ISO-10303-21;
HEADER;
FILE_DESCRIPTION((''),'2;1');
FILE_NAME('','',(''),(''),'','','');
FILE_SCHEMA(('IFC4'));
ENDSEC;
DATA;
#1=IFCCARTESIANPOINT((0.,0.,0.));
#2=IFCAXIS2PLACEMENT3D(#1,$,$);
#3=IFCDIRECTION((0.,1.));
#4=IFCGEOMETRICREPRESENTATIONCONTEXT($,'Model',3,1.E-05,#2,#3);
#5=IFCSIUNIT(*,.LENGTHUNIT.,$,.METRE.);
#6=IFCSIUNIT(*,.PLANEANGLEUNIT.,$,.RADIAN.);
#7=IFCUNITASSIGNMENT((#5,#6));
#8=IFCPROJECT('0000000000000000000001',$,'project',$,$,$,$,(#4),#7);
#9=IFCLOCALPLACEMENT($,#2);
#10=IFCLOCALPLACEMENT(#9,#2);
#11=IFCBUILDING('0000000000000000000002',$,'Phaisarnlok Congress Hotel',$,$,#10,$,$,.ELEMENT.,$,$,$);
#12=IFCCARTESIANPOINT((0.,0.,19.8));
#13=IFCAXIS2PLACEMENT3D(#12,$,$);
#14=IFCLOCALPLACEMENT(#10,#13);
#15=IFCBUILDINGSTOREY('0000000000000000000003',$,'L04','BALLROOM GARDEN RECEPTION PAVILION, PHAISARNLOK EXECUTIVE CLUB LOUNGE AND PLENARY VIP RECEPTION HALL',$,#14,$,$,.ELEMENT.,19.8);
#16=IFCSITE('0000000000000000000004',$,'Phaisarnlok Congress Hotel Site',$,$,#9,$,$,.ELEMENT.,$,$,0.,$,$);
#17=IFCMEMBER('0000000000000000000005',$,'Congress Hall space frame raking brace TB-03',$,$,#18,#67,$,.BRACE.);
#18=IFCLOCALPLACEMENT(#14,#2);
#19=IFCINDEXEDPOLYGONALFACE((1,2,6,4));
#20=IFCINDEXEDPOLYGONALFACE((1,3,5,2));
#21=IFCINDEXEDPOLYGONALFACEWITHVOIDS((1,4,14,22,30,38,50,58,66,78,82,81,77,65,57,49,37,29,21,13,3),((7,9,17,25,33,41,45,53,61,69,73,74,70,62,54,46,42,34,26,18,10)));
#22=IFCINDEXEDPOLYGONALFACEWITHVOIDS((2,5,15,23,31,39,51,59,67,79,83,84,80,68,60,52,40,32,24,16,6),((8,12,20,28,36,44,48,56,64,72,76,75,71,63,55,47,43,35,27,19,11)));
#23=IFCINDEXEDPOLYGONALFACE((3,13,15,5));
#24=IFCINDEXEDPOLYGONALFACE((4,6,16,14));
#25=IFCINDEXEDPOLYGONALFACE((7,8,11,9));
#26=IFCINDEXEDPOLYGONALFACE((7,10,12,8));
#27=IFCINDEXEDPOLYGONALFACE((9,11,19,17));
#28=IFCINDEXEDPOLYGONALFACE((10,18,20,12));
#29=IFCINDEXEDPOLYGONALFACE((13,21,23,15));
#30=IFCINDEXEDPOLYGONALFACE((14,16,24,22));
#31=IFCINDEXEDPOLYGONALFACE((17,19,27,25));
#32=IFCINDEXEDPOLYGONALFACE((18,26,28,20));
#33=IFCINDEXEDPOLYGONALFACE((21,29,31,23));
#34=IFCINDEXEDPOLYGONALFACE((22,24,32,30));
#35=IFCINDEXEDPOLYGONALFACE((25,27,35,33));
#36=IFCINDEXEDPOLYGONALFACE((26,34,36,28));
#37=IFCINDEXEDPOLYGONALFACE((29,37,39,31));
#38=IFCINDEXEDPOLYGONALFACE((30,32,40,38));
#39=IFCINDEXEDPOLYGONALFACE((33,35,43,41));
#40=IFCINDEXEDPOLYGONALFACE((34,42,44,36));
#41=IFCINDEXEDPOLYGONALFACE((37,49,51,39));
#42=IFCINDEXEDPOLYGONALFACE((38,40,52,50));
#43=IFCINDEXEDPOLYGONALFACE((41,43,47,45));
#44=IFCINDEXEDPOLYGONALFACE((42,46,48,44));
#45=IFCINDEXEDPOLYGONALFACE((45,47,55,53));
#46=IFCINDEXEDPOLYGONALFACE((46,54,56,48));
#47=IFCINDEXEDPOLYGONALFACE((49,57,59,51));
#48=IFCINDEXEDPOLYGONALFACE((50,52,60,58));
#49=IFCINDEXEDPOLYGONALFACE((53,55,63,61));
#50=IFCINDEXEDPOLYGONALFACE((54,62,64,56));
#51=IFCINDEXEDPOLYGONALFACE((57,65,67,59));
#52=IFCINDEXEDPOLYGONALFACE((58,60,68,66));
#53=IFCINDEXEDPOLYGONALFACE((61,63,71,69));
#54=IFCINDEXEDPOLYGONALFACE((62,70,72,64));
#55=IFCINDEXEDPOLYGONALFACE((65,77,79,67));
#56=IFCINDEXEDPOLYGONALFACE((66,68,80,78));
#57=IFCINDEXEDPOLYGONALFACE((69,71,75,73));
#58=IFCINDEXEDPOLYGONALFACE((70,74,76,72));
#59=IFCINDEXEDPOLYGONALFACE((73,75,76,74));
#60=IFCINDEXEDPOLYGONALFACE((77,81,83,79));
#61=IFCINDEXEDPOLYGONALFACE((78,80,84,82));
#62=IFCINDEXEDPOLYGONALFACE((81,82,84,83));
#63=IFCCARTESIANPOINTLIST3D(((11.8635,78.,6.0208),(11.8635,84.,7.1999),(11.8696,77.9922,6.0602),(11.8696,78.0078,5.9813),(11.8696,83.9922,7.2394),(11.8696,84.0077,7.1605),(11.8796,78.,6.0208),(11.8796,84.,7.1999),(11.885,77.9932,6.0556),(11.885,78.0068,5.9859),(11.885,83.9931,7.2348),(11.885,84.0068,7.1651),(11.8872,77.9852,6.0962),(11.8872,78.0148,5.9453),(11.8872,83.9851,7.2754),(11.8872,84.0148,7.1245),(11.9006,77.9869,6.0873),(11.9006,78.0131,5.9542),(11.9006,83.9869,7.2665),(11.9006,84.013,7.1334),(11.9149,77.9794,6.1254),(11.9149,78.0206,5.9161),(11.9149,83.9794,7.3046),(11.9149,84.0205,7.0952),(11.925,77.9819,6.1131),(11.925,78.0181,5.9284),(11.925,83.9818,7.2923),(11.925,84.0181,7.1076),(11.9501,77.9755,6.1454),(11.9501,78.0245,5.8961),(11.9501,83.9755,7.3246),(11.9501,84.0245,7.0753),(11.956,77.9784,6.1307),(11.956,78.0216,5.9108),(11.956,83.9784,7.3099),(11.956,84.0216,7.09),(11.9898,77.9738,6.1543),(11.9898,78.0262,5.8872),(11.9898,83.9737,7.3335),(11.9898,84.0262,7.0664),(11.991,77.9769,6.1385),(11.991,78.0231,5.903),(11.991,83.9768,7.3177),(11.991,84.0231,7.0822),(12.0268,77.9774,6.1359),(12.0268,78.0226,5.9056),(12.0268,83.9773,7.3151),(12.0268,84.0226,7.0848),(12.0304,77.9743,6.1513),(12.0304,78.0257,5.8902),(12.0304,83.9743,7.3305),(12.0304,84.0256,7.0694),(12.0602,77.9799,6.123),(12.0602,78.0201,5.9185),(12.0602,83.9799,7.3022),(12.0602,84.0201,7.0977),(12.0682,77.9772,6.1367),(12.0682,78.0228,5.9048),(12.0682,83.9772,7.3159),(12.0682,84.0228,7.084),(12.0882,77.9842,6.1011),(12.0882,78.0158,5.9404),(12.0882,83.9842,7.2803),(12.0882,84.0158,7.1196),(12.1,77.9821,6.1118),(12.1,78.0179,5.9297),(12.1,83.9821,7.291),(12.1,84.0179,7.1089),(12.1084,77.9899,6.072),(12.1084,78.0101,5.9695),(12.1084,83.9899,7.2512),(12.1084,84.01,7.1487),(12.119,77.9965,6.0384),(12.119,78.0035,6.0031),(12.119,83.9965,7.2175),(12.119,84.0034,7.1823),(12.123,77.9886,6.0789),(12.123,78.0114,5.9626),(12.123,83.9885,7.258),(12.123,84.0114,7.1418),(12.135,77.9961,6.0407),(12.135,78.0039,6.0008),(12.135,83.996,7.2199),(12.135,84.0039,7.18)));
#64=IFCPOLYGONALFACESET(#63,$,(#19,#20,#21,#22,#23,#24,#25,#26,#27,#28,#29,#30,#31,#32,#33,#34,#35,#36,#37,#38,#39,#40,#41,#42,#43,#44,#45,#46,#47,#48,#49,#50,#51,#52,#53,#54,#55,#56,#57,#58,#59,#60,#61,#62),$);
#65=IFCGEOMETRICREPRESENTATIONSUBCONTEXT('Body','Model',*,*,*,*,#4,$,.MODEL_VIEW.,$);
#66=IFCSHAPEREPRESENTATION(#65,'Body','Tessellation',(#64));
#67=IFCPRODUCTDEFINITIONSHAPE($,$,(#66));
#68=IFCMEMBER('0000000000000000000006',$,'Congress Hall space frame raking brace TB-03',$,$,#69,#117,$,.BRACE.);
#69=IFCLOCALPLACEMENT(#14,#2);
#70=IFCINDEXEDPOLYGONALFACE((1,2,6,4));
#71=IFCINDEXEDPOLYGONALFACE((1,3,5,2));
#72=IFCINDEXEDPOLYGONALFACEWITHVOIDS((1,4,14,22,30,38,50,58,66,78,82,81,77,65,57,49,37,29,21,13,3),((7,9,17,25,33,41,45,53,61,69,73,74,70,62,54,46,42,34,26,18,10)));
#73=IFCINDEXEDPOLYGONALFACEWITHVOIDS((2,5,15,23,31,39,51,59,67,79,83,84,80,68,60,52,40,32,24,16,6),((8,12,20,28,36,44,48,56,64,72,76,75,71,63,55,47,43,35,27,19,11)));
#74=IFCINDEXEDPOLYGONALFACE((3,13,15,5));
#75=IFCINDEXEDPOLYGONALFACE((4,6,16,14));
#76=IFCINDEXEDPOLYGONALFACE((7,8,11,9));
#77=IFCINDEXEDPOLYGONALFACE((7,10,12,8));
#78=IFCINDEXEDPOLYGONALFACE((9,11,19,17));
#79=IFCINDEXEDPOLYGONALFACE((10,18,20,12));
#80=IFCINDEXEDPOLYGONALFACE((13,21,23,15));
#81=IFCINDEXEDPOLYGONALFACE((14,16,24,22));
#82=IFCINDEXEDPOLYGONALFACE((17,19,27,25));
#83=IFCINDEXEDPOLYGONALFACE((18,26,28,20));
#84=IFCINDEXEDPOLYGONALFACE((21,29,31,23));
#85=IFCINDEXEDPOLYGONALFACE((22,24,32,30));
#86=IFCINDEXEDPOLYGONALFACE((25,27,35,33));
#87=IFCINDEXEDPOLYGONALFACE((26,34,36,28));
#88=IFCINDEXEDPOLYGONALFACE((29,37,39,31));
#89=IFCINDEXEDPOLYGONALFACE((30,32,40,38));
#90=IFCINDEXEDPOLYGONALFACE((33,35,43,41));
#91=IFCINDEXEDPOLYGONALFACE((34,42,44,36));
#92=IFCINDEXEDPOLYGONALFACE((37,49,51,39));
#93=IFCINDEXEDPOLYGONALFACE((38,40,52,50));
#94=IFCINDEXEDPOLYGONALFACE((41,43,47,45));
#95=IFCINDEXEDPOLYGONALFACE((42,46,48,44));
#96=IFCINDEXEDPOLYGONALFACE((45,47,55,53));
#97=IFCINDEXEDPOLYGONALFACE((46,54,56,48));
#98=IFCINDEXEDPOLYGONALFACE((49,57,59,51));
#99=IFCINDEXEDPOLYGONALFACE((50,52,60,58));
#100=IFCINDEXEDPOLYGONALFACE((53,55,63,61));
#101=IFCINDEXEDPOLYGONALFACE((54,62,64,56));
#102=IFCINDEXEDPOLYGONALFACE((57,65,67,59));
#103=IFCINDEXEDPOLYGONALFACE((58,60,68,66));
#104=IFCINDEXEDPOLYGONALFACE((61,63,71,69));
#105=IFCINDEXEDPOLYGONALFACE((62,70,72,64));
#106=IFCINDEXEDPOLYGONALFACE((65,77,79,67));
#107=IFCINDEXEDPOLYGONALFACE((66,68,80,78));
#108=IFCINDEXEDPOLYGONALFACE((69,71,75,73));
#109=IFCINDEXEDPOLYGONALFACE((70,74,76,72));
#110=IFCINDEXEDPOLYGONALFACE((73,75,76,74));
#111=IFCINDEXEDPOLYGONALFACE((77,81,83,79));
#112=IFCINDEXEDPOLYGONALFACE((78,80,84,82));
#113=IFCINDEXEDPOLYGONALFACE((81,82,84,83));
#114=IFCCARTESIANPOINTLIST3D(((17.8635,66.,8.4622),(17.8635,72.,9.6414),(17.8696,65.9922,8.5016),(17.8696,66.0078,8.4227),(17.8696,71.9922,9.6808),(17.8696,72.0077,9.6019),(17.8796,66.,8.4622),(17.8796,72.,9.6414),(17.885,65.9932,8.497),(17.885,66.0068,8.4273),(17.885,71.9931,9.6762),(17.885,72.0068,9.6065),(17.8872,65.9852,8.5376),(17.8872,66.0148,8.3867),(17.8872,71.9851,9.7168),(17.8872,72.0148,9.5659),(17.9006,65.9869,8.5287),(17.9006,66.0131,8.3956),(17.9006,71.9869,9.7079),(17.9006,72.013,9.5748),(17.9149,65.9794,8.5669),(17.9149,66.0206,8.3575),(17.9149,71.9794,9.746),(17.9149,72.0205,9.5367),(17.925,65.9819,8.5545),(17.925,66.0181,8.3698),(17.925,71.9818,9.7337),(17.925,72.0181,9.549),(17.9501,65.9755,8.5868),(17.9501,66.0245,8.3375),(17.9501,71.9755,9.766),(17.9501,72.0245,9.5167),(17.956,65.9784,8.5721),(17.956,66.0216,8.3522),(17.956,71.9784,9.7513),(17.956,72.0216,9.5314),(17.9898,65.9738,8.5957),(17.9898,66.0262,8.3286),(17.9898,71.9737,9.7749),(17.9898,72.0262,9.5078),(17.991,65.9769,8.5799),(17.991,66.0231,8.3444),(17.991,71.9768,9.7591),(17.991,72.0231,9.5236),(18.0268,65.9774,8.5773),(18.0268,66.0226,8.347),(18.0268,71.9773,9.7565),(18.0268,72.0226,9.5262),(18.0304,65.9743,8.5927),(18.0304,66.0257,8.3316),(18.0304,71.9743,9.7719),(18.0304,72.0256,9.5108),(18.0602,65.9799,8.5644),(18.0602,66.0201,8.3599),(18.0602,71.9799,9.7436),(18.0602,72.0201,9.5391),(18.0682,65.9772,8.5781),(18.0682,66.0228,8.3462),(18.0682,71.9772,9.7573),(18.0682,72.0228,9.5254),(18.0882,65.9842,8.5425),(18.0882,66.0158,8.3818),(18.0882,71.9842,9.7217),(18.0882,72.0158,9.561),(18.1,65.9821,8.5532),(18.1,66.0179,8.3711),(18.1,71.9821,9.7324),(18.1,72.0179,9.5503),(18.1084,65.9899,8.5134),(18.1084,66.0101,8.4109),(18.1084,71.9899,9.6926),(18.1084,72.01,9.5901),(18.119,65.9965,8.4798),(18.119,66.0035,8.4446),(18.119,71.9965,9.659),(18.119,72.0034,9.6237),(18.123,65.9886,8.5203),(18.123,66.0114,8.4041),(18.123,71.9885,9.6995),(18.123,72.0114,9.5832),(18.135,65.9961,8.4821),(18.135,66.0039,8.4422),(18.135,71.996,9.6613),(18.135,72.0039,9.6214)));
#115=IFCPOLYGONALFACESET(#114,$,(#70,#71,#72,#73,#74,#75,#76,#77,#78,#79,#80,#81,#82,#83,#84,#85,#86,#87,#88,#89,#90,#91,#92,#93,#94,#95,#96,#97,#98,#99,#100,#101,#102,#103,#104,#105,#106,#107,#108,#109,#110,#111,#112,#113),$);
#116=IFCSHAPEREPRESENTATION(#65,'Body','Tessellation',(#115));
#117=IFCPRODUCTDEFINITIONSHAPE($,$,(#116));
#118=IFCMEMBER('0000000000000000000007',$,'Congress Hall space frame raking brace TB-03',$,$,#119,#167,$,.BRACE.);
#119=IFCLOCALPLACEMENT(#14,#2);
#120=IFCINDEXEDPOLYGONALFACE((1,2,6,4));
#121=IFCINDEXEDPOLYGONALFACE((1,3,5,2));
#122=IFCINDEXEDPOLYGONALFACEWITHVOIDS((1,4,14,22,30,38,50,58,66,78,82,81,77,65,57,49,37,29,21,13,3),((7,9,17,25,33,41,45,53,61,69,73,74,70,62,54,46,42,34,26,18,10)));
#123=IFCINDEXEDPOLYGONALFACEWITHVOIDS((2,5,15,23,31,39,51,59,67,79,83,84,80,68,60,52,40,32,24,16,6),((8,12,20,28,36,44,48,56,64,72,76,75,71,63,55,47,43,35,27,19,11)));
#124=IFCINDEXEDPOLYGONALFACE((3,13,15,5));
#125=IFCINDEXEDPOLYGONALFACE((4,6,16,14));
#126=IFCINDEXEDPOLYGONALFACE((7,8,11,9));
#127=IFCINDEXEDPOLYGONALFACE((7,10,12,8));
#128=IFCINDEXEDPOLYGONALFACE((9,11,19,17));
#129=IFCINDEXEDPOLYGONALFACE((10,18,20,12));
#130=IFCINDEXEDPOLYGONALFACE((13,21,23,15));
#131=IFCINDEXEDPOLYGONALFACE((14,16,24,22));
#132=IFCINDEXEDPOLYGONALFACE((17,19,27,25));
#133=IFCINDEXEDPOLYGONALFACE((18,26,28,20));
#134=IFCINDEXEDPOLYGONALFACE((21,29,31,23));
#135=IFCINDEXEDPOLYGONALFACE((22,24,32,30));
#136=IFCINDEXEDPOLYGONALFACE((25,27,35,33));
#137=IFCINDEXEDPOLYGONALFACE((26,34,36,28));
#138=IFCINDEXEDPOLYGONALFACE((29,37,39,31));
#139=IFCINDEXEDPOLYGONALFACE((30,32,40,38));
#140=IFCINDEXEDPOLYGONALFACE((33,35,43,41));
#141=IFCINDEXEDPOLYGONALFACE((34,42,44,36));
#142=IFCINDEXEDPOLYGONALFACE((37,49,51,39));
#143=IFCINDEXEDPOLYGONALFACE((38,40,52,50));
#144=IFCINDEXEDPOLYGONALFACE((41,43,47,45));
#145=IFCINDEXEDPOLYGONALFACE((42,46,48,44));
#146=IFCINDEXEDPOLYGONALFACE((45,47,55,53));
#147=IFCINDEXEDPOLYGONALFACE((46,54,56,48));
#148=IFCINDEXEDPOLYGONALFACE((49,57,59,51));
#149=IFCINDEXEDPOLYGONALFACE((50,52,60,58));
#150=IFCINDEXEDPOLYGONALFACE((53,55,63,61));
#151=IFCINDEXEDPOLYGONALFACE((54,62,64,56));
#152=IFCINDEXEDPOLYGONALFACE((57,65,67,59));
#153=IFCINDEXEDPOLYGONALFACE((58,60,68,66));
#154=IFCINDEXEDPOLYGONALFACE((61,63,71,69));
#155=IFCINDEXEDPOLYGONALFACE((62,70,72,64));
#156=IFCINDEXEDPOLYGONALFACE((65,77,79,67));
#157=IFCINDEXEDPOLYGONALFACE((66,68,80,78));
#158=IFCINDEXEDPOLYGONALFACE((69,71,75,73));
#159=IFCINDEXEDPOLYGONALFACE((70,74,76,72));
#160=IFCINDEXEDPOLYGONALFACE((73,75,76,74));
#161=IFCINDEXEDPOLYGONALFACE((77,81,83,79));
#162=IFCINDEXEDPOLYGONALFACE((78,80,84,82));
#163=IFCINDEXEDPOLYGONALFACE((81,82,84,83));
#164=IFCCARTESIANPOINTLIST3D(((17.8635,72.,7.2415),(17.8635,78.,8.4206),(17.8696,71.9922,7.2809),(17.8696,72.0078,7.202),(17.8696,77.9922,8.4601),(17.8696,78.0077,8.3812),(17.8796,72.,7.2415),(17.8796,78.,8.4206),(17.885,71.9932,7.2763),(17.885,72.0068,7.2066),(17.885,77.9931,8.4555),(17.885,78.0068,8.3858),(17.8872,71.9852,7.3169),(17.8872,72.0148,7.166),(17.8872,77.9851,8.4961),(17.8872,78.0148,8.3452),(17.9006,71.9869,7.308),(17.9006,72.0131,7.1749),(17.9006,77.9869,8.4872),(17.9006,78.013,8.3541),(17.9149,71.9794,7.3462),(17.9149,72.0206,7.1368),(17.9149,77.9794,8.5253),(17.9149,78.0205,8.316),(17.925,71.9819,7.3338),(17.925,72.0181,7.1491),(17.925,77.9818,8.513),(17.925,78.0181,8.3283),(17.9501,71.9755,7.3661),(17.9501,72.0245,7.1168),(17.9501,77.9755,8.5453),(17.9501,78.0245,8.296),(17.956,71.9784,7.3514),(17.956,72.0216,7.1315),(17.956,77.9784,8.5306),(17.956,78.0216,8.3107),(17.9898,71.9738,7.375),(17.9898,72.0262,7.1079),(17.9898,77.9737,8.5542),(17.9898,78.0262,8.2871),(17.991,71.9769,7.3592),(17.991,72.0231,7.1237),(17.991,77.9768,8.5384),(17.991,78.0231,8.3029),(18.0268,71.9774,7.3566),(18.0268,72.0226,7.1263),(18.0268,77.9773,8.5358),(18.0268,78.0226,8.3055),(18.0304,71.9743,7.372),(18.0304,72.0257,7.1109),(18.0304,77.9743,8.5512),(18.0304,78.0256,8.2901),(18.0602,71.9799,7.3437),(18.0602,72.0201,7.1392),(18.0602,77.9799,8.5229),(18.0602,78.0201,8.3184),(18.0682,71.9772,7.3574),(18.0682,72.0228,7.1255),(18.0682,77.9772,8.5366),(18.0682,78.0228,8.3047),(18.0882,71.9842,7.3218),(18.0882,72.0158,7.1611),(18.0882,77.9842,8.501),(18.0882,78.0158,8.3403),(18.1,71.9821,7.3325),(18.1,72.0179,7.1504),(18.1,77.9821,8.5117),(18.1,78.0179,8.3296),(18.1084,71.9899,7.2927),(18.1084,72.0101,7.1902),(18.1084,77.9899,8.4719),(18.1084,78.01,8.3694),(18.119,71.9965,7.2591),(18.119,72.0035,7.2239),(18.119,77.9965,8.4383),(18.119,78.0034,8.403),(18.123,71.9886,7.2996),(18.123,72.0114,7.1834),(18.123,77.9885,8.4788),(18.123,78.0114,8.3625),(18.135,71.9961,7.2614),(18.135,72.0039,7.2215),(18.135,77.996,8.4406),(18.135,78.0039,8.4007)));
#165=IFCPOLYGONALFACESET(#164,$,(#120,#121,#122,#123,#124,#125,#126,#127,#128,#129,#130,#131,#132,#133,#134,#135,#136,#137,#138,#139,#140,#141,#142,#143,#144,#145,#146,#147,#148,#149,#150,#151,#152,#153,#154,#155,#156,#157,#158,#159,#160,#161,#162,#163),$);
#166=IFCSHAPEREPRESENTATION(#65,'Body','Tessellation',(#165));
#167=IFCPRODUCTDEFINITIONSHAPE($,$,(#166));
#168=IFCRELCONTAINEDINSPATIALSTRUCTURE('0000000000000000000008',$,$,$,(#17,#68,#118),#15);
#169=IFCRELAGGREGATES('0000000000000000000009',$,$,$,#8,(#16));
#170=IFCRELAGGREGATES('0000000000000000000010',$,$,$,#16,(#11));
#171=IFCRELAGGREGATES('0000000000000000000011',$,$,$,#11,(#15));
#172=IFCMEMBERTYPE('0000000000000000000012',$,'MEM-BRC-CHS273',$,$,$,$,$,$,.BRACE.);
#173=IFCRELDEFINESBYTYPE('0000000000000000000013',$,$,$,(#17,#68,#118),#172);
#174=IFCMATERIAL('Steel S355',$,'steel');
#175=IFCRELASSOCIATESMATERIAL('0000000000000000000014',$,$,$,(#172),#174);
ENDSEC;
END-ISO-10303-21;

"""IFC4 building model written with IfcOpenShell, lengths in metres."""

from ifc_helpers import new_model, si_unit, direction, frame, origin, origin_2d, place, context, subcontext, project, spatial, hollow_circle, extrude, material, material_profile, profile_set, type_object, element, save


model = new_model("IFC4")

# Units and contexts
model_context = context("Model", 3, precision=1e-05, world=origin(), true_north=direction((0.0, 1.0)))
body_context = subcontext(model_context, "Body", "Model", "MODEL_VIEW")
ifc_project = project(units=[si_unit("LENGTHUNIT", "METRE"), si_unit("PLANEANGLEUNIT", "RADIAN")], contexts=[model_context])

# Site, building, storey
site_placement = place(None, origin())
site = spatial("IfcSite", under=ifc_project, at=site_placement, Name="Phaisarnlok Congress Hotel Site", CompositionType="ELEMENT", RefElevation=0.0)
building_placement = place(site_placement, origin())
building = spatial("IfcBuilding", under=site, at=building_placement, Name="Phaisarnlok Congress Hotel", CompositionType="ELEMENT")
storey_placement = place(building_placement, frame((0.0, 0.0, 19.8)))
storey = spatial("IfcBuildingStorey", under=building, at=storey_placement, Name="L04", Description="BALLROOM GARDEN RECEPTION PAVILION, PHAISARNLOK EXECUTIVE CLUB LOUNGE AND PLENARY VIP RECEPTION HALL", CompositionType="ELEMENT", Elevation=19.8)

# Members
ifc_material = material(Name="Steel S355", Category="steel")
ifc_material_profile_1 = material_profile(ifc_material, hollow_circle(Radius=0.1365, WallThickness=0.0161, at=origin_2d()), Name="CHS 273x16")
ifc_profile_set_1 = profile_set([ifc_material_profile_1], Name="Steel S355")
member_type_1 = type_object("IfcMemberType", Name="MEM-BRC-CHS273", PredefinedType="BRACE", material=ifc_profile_set_1)
for number, where, z_axis, x_axis, name in (
    (1, (12.0, 78.0, 6.0208), (0.0, 0.981229, 0.192844), (-1.0, 0.0, 0.0), "Congress Hall space frame raking brace TB-03"),
    (2, (18.0, 66.0, 8.4622), (0.0, 0.981229, 0.192844), (-1.0, 0.0, 0.0), "Congress Hall space frame raking brace TB-03"),
    (3, (18.0, 72.0, 7.2415), (0.0, 0.981229, 0.192844), (-1.0, 0.0, 0.0), "Congress Hall space frame raking brace TB-03"),
):
    element("IfcMember", number, at=place(storey_placement, frame(where, z_axis=z_axis, x_axis=x_axis)), inside=storey, type_object=member_type_1, Name=name, PredefinedType="BRACE", context=body_context, shape_type="SweptSolid", body=[
        extrude(hollow_circle(Radius=0.1365, WallThickness=0.0161, at=origin_2d()), origin(), (0.0, 0.0, 1.0), 6.1147),
    ])

save(model, "model.ifc")
